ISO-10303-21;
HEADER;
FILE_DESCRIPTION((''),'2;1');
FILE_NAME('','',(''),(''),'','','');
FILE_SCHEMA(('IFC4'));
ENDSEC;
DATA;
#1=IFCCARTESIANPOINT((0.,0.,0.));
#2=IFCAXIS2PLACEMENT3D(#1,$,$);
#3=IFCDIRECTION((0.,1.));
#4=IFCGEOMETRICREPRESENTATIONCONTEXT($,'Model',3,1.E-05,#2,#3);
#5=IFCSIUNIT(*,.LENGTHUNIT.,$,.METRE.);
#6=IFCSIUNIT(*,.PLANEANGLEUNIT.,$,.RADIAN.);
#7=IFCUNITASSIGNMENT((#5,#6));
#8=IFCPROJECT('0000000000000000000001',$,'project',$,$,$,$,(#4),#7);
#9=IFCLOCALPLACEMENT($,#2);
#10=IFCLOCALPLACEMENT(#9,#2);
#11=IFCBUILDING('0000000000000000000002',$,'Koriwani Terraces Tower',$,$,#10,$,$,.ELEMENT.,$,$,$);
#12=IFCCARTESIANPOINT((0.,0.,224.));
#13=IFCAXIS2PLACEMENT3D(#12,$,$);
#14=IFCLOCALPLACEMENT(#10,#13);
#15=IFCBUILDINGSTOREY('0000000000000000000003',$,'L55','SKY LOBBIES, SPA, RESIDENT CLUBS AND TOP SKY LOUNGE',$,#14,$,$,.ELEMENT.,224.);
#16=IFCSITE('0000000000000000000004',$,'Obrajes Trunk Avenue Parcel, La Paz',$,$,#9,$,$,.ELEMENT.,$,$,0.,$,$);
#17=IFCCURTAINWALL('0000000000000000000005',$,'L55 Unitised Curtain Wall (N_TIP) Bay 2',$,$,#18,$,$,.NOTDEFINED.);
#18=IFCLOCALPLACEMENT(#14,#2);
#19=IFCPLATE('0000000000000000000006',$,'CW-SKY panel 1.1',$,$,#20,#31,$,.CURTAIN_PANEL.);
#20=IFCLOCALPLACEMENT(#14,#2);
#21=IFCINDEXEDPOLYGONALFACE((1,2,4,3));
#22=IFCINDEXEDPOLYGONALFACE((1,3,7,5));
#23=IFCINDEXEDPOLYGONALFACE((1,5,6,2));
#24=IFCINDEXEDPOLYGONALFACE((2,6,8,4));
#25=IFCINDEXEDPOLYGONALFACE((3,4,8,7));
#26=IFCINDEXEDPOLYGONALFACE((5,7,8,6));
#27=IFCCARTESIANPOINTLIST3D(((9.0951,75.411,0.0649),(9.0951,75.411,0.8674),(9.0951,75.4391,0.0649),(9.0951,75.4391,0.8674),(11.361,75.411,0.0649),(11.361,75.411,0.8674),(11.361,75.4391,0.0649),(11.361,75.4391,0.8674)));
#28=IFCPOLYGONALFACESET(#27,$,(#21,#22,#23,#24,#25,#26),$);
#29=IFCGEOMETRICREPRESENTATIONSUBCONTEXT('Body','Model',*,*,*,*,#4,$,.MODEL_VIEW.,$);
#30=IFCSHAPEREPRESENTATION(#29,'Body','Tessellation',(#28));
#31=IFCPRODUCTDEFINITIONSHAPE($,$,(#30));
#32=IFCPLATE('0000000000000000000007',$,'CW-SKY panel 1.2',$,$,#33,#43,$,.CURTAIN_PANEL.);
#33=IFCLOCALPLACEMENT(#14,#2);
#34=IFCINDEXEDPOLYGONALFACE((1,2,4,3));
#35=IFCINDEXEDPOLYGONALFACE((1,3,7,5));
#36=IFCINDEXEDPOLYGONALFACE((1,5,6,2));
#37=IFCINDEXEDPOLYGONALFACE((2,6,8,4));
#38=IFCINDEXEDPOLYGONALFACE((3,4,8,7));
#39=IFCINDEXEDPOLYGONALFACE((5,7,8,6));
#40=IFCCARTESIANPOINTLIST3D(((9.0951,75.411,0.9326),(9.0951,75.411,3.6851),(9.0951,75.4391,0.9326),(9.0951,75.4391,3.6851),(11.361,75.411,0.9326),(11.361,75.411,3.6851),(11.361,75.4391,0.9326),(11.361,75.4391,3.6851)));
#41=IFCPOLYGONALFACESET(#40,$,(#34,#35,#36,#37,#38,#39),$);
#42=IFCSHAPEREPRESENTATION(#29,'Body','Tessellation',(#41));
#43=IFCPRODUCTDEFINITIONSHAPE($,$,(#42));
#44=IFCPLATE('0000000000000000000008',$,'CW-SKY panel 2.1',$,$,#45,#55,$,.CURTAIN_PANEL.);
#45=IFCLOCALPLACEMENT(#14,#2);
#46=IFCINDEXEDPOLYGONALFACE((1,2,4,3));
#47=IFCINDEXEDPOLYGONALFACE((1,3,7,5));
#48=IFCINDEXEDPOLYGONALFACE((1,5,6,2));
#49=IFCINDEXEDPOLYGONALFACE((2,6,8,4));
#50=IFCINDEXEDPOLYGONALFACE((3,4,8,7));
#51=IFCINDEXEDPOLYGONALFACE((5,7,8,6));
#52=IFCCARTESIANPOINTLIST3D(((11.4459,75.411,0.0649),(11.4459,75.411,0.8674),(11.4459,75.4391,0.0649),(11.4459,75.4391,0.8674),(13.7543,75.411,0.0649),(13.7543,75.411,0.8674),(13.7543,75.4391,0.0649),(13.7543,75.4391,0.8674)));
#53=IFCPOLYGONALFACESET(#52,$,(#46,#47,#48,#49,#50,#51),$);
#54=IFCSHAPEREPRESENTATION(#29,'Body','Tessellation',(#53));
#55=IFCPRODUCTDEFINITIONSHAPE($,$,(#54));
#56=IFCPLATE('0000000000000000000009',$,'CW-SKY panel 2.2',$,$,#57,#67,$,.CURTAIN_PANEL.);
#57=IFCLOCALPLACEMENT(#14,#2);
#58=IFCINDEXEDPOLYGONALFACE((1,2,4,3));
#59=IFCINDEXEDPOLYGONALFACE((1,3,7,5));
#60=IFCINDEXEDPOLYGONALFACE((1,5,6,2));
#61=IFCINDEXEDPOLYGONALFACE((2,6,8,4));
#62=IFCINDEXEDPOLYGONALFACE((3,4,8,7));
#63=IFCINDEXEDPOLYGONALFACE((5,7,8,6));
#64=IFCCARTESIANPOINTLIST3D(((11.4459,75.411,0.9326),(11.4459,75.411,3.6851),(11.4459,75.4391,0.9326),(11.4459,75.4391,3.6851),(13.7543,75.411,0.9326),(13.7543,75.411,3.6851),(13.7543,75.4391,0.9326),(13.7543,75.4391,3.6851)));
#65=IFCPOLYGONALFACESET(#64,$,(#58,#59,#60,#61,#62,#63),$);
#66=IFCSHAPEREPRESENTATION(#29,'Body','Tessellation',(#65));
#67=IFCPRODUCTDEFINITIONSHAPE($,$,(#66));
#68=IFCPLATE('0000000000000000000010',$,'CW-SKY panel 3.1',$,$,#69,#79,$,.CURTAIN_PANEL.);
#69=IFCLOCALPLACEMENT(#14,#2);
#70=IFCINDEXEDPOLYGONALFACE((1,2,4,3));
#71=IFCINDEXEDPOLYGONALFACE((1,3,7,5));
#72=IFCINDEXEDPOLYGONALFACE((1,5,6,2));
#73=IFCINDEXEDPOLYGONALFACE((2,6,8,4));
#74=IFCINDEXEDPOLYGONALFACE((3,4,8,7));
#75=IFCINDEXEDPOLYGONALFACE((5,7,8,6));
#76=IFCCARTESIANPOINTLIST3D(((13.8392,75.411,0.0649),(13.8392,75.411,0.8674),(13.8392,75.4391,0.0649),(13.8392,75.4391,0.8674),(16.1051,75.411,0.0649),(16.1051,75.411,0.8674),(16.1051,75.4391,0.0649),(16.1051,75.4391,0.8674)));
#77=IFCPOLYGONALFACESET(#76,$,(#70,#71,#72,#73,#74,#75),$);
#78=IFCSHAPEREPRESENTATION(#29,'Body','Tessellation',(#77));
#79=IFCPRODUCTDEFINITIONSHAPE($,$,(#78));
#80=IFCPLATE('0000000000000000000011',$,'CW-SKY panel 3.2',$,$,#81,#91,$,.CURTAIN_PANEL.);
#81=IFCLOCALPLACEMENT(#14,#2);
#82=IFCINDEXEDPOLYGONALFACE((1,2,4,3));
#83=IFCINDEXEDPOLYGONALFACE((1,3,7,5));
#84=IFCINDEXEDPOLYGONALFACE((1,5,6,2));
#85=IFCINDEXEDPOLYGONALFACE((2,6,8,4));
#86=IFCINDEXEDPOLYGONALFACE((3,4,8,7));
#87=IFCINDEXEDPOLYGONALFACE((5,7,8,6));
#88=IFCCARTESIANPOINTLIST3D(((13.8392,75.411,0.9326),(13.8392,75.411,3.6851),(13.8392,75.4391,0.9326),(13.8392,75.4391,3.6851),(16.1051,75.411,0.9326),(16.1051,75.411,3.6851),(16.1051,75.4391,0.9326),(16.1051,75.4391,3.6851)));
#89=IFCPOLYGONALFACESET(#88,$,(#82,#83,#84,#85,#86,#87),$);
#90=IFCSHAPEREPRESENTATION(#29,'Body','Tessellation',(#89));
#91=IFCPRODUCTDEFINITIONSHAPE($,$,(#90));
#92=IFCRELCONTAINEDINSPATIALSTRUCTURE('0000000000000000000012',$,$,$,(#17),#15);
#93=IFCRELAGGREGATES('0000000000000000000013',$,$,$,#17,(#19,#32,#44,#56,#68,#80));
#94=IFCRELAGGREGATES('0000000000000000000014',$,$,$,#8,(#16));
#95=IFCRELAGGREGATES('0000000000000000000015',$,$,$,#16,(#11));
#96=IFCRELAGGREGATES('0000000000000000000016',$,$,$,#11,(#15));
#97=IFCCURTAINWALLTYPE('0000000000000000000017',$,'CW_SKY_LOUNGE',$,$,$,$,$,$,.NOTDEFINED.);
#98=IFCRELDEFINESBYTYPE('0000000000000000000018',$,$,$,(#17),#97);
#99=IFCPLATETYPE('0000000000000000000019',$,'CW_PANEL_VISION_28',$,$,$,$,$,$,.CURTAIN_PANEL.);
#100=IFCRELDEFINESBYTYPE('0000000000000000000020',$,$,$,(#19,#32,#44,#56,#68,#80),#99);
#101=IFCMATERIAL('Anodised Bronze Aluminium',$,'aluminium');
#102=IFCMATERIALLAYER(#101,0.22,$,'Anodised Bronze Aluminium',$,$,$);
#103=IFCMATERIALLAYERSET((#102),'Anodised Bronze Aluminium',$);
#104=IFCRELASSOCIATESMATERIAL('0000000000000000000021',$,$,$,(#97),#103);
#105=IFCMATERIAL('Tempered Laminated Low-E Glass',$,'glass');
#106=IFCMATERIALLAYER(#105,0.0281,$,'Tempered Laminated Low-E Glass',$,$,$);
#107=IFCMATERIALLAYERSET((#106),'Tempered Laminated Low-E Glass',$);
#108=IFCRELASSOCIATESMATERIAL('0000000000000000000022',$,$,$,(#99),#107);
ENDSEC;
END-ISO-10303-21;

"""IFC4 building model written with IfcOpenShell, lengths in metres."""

from ifc_helpers import new_model, si_unit, direction, frame, origin, origin_2d, place, context, subcontext, project, spatial, rectangle, extrude, material, layer, layer_set, type_object, element, aggregate, save


model = new_model("IFC4")

# Units and contexts
model_context = context("Model", 3, precision=1e-05, world=origin(), true_north=direction((0.0, 1.0)))
body_context = subcontext(model_context, "Body", "Model", "MODEL_VIEW")
ifc_project = project(units=[si_unit("LENGTHUNIT", "METRE"), si_unit("PLANEANGLEUNIT", "RADIAN")], contexts=[model_context])

# Site, building, storey
site_placement = place(None, origin())
site = spatial("IfcSite", under=ifc_project, at=site_placement, Name="Obrajes Trunk Avenue Parcel, La Paz", CompositionType="ELEMENT", RefElevation=0.0)
building_placement = place(site_placement, origin())
building = spatial("IfcBuilding", under=site, at=building_placement, Name="Koriwani Terraces Tower", CompositionType="ELEMENT")
storey_placement = place(building_placement, frame((0.0, 0.0, 224.0)))
storey = spatial("IfcBuildingStorey", under=building, at=storey_placement, Name="L55", Description="SKY LOBBIES, SPA, RESIDENT CLUBS AND TOP SKY LOUNGE", CompositionType="ELEMENT", Elevation=224.0)

# Curtain wall
ifc_material_1 = material(Name="Anodised Bronze Aluminium", Category="aluminium")
ifc_layer_1 = layer(ifc_material_1, 0.22, Name="Anodised Bronze Aluminium")
ifc_layer_set_1 = layer_set([ifc_layer_1], Name="Anodised Bronze Aluminium")
curtain_wall_type = type_object("IfcCurtainWallType", Name="CW_SKY_LOUNGE", PredefinedType="NOTDEFINED", material=ifc_layer_set_1)
curtain_wall_1_placement = place(storey_placement, origin())
curtain_wall_1 = element("IfcCurtainWall", 1, at=curtain_wall_1_placement, inside=storey, type_object=curtain_wall_type, Name="L55 Unitised Curtain Wall (N_TIP) Bay 2", PredefinedType="NOTDEFINED")

# Plates
ifc_material_2 = material(Name="Tempered Laminated Low-E Glass", Category="glass")
ifc_layer_2 = layer(ifc_material_2, 0.0281, Name="Tempered Laminated Low-E Glass")
ifc_layer_set_2 = layer_set([ifc_layer_2], Name="Tempered Laminated Low-E Glass")
plate_type = type_object("IfcPlateType", Name="CW_PANEL_VISION_28", PredefinedType="CURTAIN_PANEL", material=ifc_layer_set_2)
plate_1_placement = place(storey_placement, frame((10.228, 75.425, 0.0649), z_axis=(0.0, 0.0, 1.0), x_axis=(1.0, 0.0, 0.0)))
plate_1 = element("IfcPlate", 2, at=plate_1_placement, type_object=plate_type, Name="CW-SKY panel 1.1", PredefinedType="CURTAIN_PANEL", context=body_context, shape_type="SweptSolid", body=[
    extrude(rectangle(XDim=2.2659, YDim=0.0281, at=origin_2d()), origin(), (0.0, 0.0, 1.0), 0.8025),
])
plate_2_placement = place(storey_placement, frame((10.228, 75.425, 0.9326), z_axis=(0.0, 0.0, 1.0), x_axis=(1.0, 0.0, 0.0)))
plate_2 = element("IfcPlate", 3, at=plate_2_placement, type_object=plate_type, Name="CW-SKY panel 1.2", PredefinedType="CURTAIN_PANEL", context=body_context, shape_type="SweptSolid", body=[
    extrude(rectangle(XDim=2.2659, YDim=0.0281, at=origin_2d()), origin(), (0.0, 0.0, 1.0), 2.7524),
])
plate_3_placement = place(storey_placement, frame((12.6001, 75.425, 0.0649), z_axis=(0.0, 0.0, 1.0), x_axis=(1.0, 0.0, 0.0)))
plate_3 = element("IfcPlate", 4, at=plate_3_placement, type_object=plate_type, Name="CW-SKY panel 2.1", PredefinedType="CURTAIN_PANEL", context=body_context, shape_type="SweptSolid", body=[
    extrude(rectangle(XDim=2.3083, YDim=0.0281, at=origin_2d()), origin(), (0.0, 0.0, 1.0), 0.8025),
])
plate_4_placement = place(storey_placement, frame((12.6001, 75.425, 0.9326), z_axis=(0.0, 0.0, 1.0), x_axis=(1.0, 0.0, 0.0)))
plate_4 = element("IfcPlate", 5, at=plate_4_placement, type_object=plate_type, Name="CW-SKY panel 2.2", PredefinedType="CURTAIN_PANEL", context=body_context, shape_type="SweptSolid", body=[
    extrude(rectangle(XDim=2.3083, YDim=0.0281, at=origin_2d()), origin(), (0.0, 0.0, 1.0), 2.7524),
])
plate_5_placement = place(storey_placement, frame((14.9722, 75.425, 0.0649), z_axis=(0.0, 0.0, 1.0), x_axis=(1.0, 0.0, 0.0)))
plate_5 = element("IfcPlate", 6, at=plate_5_placement, type_object=plate_type, Name="CW-SKY panel 3.1", PredefinedType="CURTAIN_PANEL", context=body_context, shape_type="SweptSolid", body=[
    extrude(rectangle(XDim=2.2659, YDim=0.0281, at=origin_2d()), origin(), (0.0, 0.0, 1.0), 0.8025),
])
plate_6_placement = place(storey_placement, frame((14.9722, 75.425, 0.9326), z_axis=(0.0, 0.0, 1.0), x_axis=(1.0, 0.0, 0.0)))
plate_6 = element("IfcPlate", 7, at=plate_6_placement, type_object=plate_type, Name="CW-SKY panel 3.2", PredefinedType="CURTAIN_PANEL", context=body_context, shape_type="SweptSolid", body=[
    extrude(rectangle(XDim=2.2659, YDim=0.0281, at=origin_2d()), origin(), (0.0, 0.0, 1.0), 2.7524),
])
aggregate(curtain_wall_1, [plate_1, plate_2, plate_3, plate_4, plate_5, plate_6])

save(model, "model.ifc")
